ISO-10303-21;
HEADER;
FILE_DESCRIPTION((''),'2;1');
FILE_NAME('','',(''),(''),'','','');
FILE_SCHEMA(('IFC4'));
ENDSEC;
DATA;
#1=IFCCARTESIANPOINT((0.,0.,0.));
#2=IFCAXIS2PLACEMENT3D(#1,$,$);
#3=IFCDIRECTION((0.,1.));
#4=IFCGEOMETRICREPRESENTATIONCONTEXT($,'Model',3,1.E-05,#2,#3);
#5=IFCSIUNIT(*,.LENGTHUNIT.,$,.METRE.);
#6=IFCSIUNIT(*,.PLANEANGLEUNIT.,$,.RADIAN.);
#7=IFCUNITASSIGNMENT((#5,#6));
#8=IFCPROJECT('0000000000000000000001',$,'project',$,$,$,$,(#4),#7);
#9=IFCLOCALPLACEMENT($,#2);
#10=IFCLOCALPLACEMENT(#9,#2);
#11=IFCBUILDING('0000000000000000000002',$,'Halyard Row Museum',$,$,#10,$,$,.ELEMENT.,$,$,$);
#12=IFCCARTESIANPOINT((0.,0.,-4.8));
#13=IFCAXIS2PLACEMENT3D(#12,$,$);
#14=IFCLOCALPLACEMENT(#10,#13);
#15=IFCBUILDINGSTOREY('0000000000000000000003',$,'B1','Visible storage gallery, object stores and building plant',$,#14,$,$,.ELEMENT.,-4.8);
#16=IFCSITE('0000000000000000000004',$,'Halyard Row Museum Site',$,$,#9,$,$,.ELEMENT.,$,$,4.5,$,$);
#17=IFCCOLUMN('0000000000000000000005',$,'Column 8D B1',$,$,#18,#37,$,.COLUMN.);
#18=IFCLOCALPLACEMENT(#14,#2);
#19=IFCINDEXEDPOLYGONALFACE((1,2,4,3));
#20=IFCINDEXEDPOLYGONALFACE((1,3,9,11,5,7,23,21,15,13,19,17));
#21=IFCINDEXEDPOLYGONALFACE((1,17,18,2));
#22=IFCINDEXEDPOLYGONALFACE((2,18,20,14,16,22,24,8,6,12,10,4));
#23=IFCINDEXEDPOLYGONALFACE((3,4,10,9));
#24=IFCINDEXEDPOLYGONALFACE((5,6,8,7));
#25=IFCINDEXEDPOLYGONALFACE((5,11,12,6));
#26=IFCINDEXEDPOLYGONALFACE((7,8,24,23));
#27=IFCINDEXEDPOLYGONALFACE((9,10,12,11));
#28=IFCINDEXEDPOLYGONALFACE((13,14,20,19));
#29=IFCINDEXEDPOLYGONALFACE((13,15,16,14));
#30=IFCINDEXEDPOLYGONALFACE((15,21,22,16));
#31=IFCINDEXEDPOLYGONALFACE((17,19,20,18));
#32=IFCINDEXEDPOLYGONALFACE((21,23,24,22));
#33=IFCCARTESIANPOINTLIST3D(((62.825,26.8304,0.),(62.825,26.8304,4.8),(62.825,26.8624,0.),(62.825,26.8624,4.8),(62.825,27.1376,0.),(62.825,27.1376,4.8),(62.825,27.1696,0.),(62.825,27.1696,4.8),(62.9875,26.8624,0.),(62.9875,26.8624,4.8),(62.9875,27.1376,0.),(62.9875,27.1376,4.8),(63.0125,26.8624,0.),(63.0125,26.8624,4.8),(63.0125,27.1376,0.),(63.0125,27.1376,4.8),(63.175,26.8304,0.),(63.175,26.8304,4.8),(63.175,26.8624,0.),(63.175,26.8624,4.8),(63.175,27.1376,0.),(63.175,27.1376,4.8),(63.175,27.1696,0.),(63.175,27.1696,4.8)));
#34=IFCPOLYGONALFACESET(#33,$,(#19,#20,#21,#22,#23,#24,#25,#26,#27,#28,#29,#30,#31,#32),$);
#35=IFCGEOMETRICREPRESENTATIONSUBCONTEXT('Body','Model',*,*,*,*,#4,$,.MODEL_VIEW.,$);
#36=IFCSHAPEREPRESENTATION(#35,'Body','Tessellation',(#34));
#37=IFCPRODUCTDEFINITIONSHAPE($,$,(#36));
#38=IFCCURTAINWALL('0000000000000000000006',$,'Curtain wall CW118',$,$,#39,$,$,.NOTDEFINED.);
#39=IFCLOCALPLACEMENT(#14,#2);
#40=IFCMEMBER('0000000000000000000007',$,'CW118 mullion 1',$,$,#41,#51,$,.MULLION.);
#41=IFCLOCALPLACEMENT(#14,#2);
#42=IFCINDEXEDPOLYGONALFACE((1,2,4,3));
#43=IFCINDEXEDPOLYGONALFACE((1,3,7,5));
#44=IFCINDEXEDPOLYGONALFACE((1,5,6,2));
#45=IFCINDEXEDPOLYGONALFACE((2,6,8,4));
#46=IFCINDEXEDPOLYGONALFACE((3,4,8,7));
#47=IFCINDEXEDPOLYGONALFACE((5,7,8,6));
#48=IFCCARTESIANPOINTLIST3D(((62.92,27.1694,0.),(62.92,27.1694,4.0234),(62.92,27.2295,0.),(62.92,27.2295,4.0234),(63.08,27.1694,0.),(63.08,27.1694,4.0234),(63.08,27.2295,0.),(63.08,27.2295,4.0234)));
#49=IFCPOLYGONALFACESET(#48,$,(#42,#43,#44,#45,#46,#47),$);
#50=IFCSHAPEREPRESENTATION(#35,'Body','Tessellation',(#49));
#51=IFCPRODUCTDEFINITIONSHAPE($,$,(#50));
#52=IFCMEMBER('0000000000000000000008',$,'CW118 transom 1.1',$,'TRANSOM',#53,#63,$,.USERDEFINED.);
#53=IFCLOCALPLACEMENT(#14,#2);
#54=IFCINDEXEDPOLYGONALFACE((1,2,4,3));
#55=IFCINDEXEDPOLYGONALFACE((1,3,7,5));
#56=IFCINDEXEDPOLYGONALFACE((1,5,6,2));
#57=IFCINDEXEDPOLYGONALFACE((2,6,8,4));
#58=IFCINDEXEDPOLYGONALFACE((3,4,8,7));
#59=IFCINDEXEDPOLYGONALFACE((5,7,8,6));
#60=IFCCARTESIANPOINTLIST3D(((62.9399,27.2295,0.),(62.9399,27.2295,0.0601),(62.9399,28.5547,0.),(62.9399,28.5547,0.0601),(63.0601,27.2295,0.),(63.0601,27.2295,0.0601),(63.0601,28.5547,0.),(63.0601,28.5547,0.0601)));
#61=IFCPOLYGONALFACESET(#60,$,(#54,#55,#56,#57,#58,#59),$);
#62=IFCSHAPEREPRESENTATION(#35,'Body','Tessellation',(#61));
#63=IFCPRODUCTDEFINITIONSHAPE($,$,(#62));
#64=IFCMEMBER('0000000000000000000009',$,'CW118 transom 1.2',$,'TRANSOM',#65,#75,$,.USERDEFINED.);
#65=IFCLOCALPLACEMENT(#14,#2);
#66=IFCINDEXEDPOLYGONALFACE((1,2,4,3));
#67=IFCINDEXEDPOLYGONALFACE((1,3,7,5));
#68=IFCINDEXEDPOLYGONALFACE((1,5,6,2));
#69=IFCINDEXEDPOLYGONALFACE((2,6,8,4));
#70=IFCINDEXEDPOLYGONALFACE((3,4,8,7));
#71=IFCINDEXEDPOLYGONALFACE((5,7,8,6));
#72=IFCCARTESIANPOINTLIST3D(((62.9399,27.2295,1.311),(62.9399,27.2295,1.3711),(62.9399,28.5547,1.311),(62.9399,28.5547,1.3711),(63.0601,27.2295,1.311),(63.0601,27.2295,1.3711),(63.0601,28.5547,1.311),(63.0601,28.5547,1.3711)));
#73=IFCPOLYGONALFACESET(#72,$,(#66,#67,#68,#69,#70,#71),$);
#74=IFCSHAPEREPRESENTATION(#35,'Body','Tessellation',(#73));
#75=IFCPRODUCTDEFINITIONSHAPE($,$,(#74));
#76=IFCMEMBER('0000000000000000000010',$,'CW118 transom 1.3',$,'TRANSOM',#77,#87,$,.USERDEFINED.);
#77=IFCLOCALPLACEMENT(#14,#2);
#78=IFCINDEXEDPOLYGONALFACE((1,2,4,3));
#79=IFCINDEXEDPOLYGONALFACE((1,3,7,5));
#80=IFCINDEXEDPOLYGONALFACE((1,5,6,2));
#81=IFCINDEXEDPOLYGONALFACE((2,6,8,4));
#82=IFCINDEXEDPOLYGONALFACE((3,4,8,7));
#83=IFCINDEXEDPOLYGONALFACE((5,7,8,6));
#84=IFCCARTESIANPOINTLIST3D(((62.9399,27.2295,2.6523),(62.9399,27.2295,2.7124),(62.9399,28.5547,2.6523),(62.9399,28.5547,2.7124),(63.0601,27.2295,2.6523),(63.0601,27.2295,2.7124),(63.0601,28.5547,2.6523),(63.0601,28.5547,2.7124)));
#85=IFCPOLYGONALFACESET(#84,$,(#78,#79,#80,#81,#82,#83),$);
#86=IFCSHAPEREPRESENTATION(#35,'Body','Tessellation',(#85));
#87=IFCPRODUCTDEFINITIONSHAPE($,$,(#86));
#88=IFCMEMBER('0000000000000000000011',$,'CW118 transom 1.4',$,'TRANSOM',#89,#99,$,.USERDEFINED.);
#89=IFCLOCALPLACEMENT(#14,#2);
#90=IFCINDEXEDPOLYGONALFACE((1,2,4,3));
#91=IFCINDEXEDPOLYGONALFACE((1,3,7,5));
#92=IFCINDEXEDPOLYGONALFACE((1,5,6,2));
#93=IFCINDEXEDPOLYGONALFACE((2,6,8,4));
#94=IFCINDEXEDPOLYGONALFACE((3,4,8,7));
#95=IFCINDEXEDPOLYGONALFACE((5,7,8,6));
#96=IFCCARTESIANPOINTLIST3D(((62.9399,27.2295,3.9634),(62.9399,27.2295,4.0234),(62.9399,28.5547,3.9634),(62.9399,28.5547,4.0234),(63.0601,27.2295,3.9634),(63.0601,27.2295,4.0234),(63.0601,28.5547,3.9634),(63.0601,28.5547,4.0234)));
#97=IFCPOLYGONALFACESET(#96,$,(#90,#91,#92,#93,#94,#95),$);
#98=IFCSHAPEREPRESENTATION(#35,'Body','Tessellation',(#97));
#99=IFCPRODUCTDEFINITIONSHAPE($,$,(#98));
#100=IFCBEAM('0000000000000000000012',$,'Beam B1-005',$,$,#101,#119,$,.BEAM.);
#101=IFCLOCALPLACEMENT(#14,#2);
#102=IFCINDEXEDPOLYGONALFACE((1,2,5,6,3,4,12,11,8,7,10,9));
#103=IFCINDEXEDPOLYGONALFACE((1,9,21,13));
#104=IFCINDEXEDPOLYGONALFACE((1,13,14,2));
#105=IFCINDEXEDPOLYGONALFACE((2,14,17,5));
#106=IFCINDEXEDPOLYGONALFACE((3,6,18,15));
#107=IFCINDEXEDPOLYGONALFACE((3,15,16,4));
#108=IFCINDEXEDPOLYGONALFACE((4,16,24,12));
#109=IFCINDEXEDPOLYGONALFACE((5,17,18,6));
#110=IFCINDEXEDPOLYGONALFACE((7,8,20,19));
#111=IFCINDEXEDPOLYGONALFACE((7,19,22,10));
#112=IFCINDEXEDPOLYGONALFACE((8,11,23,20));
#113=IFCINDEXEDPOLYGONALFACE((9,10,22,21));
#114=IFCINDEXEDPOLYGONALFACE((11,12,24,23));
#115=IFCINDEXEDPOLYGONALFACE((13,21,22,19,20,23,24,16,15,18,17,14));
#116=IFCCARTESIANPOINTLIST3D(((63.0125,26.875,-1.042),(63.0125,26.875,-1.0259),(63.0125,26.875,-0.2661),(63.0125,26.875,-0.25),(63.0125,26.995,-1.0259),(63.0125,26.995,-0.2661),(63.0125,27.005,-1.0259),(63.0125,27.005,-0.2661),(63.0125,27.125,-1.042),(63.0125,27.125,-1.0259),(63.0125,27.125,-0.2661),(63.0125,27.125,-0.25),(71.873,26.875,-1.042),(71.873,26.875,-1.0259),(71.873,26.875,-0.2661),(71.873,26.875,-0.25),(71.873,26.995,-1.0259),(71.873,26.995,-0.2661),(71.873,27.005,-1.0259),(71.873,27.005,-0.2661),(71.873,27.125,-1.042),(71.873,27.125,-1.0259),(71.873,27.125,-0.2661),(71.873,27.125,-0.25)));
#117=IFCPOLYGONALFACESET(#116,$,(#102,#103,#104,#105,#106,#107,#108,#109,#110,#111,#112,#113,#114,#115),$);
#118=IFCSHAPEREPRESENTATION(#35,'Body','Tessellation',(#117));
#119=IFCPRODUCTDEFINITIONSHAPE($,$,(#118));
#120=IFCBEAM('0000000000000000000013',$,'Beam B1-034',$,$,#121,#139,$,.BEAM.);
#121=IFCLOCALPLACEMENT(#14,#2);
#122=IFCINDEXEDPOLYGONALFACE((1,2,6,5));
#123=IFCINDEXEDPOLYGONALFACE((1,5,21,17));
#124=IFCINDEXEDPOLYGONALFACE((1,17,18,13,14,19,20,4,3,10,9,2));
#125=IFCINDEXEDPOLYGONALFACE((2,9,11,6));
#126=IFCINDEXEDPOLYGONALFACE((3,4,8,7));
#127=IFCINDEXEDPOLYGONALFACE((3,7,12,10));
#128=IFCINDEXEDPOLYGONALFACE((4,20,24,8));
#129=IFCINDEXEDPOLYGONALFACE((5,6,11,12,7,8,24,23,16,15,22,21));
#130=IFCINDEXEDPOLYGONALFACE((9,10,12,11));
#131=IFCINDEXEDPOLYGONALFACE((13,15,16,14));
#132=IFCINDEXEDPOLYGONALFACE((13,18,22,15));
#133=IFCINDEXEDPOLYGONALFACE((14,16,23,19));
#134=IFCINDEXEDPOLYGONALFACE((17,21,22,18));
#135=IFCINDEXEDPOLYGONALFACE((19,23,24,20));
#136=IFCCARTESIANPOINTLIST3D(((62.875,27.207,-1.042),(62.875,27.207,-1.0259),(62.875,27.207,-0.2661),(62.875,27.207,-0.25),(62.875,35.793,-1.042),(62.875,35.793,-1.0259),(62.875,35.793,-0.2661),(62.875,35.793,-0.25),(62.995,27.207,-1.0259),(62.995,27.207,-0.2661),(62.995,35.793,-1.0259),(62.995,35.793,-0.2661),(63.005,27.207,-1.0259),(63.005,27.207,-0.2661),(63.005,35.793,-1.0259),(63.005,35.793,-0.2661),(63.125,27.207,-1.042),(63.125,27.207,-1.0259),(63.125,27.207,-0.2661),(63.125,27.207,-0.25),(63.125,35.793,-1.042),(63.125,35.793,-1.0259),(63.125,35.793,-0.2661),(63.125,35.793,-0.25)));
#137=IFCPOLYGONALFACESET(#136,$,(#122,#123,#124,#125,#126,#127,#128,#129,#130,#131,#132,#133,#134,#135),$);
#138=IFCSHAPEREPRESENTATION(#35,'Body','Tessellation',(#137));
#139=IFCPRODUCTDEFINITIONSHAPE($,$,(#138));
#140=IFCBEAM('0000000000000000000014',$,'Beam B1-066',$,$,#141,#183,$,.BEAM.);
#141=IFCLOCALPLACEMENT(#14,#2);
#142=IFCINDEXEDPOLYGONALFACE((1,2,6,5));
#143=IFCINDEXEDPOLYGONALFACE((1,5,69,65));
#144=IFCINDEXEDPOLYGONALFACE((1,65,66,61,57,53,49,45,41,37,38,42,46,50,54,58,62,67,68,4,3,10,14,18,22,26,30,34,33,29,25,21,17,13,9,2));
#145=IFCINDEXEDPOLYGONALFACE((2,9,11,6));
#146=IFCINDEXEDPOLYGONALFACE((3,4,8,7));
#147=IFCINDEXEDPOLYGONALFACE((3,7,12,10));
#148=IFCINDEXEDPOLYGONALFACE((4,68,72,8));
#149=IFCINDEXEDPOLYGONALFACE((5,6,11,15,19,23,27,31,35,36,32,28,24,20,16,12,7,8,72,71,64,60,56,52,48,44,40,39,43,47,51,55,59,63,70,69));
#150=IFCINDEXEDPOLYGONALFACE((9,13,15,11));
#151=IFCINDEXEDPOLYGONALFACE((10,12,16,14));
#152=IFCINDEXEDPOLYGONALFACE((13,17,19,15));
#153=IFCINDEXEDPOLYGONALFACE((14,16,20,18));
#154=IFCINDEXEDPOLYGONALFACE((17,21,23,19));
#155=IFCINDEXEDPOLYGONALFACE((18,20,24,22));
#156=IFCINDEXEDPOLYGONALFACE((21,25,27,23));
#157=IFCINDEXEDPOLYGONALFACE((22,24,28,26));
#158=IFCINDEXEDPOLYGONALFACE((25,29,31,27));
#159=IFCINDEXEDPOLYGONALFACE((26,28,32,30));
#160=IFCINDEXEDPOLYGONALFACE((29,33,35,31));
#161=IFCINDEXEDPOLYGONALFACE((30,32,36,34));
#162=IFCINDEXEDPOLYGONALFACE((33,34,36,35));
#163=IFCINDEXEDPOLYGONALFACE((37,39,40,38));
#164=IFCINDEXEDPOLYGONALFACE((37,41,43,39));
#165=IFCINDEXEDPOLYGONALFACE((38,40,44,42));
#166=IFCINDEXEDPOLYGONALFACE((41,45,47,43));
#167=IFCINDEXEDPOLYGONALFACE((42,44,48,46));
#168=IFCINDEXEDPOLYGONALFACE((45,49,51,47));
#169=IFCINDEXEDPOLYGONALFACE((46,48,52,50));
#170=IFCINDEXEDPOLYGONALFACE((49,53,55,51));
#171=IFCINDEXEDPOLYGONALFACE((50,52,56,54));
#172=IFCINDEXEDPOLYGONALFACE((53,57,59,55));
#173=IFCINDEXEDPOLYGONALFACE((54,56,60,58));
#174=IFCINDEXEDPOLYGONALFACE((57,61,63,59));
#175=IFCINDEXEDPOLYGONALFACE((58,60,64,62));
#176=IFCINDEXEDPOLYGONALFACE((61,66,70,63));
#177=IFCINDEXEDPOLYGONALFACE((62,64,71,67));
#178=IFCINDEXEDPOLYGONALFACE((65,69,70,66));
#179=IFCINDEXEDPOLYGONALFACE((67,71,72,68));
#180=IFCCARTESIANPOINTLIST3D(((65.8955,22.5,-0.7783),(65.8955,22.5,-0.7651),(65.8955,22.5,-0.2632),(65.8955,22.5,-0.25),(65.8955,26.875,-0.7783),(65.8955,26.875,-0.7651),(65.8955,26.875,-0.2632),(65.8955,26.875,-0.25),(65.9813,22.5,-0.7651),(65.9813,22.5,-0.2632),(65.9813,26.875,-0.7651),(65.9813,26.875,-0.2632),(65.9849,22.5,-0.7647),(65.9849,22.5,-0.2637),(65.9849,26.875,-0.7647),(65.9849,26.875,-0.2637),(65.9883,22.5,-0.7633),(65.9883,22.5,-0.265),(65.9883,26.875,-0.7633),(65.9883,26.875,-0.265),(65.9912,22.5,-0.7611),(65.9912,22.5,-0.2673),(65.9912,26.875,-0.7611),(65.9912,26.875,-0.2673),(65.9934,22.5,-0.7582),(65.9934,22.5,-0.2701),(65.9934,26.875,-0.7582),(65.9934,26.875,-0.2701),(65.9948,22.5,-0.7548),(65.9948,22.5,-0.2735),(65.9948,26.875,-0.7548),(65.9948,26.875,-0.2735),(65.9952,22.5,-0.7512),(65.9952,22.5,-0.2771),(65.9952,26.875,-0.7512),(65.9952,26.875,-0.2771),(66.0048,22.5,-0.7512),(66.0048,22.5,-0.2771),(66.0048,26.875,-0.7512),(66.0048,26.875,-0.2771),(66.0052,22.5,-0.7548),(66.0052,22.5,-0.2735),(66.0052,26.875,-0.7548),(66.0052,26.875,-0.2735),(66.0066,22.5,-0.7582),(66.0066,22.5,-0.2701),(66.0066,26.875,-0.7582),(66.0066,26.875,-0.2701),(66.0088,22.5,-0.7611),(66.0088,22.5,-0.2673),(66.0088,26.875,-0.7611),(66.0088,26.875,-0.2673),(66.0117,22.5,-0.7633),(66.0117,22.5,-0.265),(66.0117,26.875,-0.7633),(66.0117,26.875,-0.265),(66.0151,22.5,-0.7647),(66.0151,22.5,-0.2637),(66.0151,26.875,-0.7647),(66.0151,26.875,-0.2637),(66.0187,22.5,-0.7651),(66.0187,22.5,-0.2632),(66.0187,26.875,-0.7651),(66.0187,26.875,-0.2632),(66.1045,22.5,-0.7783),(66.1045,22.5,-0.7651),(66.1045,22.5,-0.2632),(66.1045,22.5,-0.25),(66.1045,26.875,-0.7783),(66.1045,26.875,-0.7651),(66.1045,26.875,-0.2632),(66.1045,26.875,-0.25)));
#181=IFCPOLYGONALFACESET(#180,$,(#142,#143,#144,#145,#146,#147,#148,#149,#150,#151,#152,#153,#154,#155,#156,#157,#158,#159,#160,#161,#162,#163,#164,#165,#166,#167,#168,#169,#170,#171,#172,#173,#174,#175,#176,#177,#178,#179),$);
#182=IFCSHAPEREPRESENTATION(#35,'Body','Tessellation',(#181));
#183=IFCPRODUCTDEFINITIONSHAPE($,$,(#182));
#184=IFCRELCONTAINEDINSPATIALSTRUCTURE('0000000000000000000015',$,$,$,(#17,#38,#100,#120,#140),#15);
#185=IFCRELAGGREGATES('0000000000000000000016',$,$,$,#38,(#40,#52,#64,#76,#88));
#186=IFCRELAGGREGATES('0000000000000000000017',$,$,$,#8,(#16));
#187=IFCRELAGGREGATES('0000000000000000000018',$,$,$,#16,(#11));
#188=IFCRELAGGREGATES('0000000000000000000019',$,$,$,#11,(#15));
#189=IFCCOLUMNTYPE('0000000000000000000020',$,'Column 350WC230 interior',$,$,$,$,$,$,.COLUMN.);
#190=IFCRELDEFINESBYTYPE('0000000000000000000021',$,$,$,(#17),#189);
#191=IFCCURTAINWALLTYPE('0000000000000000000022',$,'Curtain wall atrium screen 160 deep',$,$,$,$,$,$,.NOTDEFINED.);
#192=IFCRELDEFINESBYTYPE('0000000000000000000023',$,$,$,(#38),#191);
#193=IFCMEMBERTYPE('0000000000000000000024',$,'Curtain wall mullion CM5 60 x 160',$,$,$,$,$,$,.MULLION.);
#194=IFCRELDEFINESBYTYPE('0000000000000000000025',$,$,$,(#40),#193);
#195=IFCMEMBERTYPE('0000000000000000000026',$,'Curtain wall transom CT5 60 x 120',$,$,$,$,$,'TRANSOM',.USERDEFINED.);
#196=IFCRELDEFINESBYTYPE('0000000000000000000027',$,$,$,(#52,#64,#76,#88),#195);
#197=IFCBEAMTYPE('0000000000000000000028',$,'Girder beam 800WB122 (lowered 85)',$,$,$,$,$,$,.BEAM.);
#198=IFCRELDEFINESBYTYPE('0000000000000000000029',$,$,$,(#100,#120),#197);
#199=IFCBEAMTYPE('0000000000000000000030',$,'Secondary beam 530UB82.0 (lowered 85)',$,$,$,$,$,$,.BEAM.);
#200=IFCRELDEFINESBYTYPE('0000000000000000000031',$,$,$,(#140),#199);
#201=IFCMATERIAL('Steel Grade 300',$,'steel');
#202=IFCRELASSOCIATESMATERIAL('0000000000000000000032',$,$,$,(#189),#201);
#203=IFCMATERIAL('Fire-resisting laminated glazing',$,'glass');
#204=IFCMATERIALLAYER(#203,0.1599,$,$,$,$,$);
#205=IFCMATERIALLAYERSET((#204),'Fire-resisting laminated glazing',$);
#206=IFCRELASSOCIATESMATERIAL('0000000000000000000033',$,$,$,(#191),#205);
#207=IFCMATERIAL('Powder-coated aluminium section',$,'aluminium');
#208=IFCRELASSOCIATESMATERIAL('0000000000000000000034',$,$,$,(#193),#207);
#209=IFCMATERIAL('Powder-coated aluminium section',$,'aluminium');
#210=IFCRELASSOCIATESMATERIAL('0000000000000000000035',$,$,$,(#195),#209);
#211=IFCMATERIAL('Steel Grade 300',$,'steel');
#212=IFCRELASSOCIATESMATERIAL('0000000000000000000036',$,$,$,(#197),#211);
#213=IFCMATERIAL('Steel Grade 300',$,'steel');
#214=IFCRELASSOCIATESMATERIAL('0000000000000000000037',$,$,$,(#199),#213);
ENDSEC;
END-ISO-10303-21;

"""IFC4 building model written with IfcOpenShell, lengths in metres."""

from ifc_helpers import new_model, si_unit, direction, frame, origin, origin_2d, place, context, subcontext, project, spatial, rectangle, i_section, extrude, material, layer, layer_set, material_profile, profile_set, type_object, element, aggregate, save


model = new_model("IFC4")

# Units and contexts
model_context = context("Model", 3, precision=1e-05, world=origin(), true_north=direction((0.0, 1.0)))
body_context = subcontext(model_context, "Body", "Model", "MODEL_VIEW")
ifc_project = project(units=[si_unit("LENGTHUNIT", "METRE"), si_unit("PLANEANGLEUNIT", "RADIAN")], contexts=[model_context])

# Site, building, storey
site_placement = place(None, origin())
site = spatial("IfcSite", under=ifc_project, at=site_placement, Name="Halyard Row Museum Site", CompositionType="ELEMENT", RefElevation=4.5)
building_placement = place(site_placement, origin())
building = spatial("IfcBuilding", under=site, at=building_placement, Name="Halyard Row Museum", CompositionType="ELEMENT")
storey_placement = place(building_placement, frame((0.0, 0.0, -4.8)))
storey = spatial("IfcBuildingStorey", under=building, at=storey_placement, Name="B1", Description="Visible storage gallery, object stores and building plant", CompositionType="ELEMENT", Elevation=-4.8)

# Column
ifc_material_1 = material(Name="Steel Grade 300", Category="steel")
ifc_material_profile_1 = material_profile(ifc_material_1, i_section(OverallWidth=0.3501, OverallDepth=0.3391, WebThickness=0.0249, FlangeThickness=0.032, at=origin_2d()), Name="350WC230")
ifc_profile_set_1 = profile_set([ifc_material_profile_1], Name="Steel Grade 300")
column_type = type_object("IfcColumnType", Name="Column 350WC230 interior", PredefinedType="COLUMN", material=ifc_profile_set_1)
column_placement = place(storey_placement, frame((63.0, 27.0, 0.0), z_axis=(0.0, 0.0, 1.0), x_axis=(1.0, 0.0, 0.0)))
element("IfcColumn", 1, at=column_placement, inside=storey, type_object=column_type, Name="Column 8D B1", PredefinedType="COLUMN", context=body_context, shape_type="SweptSolid", body=[
    extrude(i_section(OverallWidth=0.3501, OverallDepth=0.3391, WebThickness=0.0249, FlangeThickness=0.032, at=origin_2d()), origin(), (0.0, 0.0, 1.0), 4.8),
])

# Curtain wall, members
ifc_material_2 = material(Name="Fire-resisting laminated glazing", Category="glass")
ifc_layer_1 = layer(ifc_material_2, 0.1599)
ifc_layer_set_1 = layer_set([ifc_layer_1], Name="Fire-resisting laminated glazing")
curtain_wall_type = type_object("IfcCurtainWallType", Name="Curtain wall atrium screen 160 deep", PredefinedType="NOTDEFINED", material=ifc_layer_set_1)
curtain_wall_placement = place(storey_placement, origin())
curtain_wall = element("IfcCurtainWall", 2, at=curtain_wall_placement, inside=storey, type_object=curtain_wall_type, Name="Curtain wall CW118", PredefinedType="NOTDEFINED")
ifc_material_3 = material(Name="Powder-coated aluminium section", Category="aluminium")
ifc_material_profile_2 = material_profile(ifc_material_3, rectangle(XDim=0.1599, YDim=0.0601, at=origin_2d()), Name="160x60 mullion")
ifc_profile_set_2 = profile_set([ifc_material_profile_2], Name="Powder-coated aluminium section")
member_type_1 = type_object("IfcMemberType", Name="Curtain wall mullion CM5 60 x 160", PredefinedType="MULLION", material=ifc_profile_set_2)
member_1_placement = place(storey_placement, frame((63.0, 27.1995, 0.0), z_axis=(0.0, 0.0, 1.0), x_axis=(-1.0, 0.0, 0.0)))
member_1 = element("IfcMember", 3, at=member_1_placement, type_object=member_type_1, Name="CW118 mullion 1", PredefinedType="MULLION", context=body_context, shape_type="SweptSolid", body=[
    extrude(rectangle(XDim=0.1599, YDim=0.0601, at=origin_2d()), origin(), (0.0, 0.0, 1.0), 4.0234),
])
ifc_material_4 = material(Name="Powder-coated aluminium section", Category="aluminium")
ifc_material_profile_3 = material_profile(ifc_material_4, rectangle(XDim=0.1201, YDim=0.0601, at=origin_2d()), Name="120x60 transom")
ifc_profile_set_3 = profile_set([ifc_material_profile_3], Name="Powder-coated aluminium section")
member_type_2 = type_object("IfcMemberType", Name="Curtain wall transom CT5 60 x 120", ElementType="TRANSOM", PredefinedType="USERDEFINED", material=ifc_profile_set_3)
member_2_placement = place(storey_placement, frame((63.0, 27.2295, 0.03), z_axis=(0.0, 1.0, 0.0), x_axis=(-1.0, 0.0, 0.0)))
member_2 = element("IfcMember", 4, at=member_2_placement, type_object=member_type_2, Name="CW118 transom 1.1", ObjectType="TRANSOM", PredefinedType="USERDEFINED", context=body_context, shape_type="SweptSolid", body=[
    extrude(rectangle(XDim=0.1201, YDim=0.0601, at=origin_2d()), origin(), (0.0, 0.0, 1.0), 1.3252),
])
member_3_placement = place(storey_placement, frame((63.0, 27.2295, 1.3411), z_axis=(0.0, 1.0, 0.0), x_axis=(-1.0, 0.0, 0.0)))
member_3 = element("IfcMember", 5, at=member_3_placement, type_object=member_type_2, Name="CW118 transom 1.2", ObjectType="TRANSOM", PredefinedType="USERDEFINED", context=body_context, shape_type="SweptSolid", body=[
    extrude(rectangle(XDim=0.1201, YDim=0.0601, at=origin_2d()), origin(), (0.0, 0.0, 1.0), 1.3252),
])
member_4_placement = place(storey_placement, frame((63.0, 27.2295, 2.6824), z_axis=(0.0, 1.0, 0.0), x_axis=(-1.0, 0.0, 0.0)))
member_4 = element("IfcMember", 6, at=member_4_placement, type_object=member_type_2, Name="CW118 transom 1.3", ObjectType="TRANSOM", PredefinedType="USERDEFINED", context=body_context, shape_type="SweptSolid", body=[
    extrude(rectangle(XDim=0.1201, YDim=0.0601, at=origin_2d()), origin(), (0.0, 0.0, 1.0), 1.3252),
])
member_5_placement = place(storey_placement, frame((63.0, 27.2295, 3.9934), z_axis=(0.0, 1.0, 0.0), x_axis=(-1.0, 0.0, 0.0)))
member_5 = element("IfcMember", 7, at=member_5_placement, type_object=member_type_2, Name="CW118 transom 1.4", ObjectType="TRANSOM", PredefinedType="USERDEFINED", context=body_context, shape_type="SweptSolid", body=[
    extrude(rectangle(XDim=0.1201, YDim=0.0601, at=origin_2d()), origin(), (0.0, 0.0, 1.0), 1.3252),
])

# Beams
ifc_material_5 = material(Name="Steel Grade 300", Category="steel")
ifc_material_profile_4 = material_profile(ifc_material_5, i_section(OverallWidth=0.25, OverallDepth=0.792, WebThickness=0.01, FlangeThickness=0.0161, at=origin_2d()), Name="800WB122")
ifc_profile_set_4 = profile_set([ifc_material_profile_4], Name="Steel Grade 300")
beam_type_1 = type_object("IfcBeamType", Name="Girder beam 800WB122 (lowered 85)", PredefinedType="BEAM", material=ifc_profile_set_4)
beam_1_placement = place(storey_placement, frame((63.0125, 27.0, -0.646), z_axis=(1.0, 0.0, 0.0), x_axis=(0.0, 1.0, 0.0)))
element("IfcBeam", 8, at=beam_1_placement, inside=storey, type_object=beam_type_1, Name="Beam B1-005", PredefinedType="BEAM", context=body_context, shape_type="SweptSolid", body=[
    extrude(i_section(OverallWidth=0.25, OverallDepth=0.792, WebThickness=0.01, FlangeThickness=0.0161, at=origin_2d()), origin(), (0.0, 0.0, 1.0), 8.8606),
])
beam_2_placement = place(storey_placement, frame((63.0, 27.207, -0.646), z_axis=(0.0, 1.0, 0.0), x_axis=(-1.0, 0.0, 0.0)))
element("IfcBeam", 9, at=beam_2_placement, inside=storey, type_object=beam_type_1, Name="Beam B1-034", PredefinedType="BEAM", context=body_context, shape_type="SweptSolid", body=[
    extrude(i_section(OverallWidth=0.25, OverallDepth=0.792, WebThickness=0.01, FlangeThickness=0.0161, at=origin_2d()), origin(), (0.0, 0.0, 1.0), 8.5859),
])
ifc_material_6 = material(Name="Steel Grade 300", Category="steel")
ifc_material_profile_5 = material_profile(ifc_material_6, i_section(OverallWidth=0.209, OverallDepth=0.5283, WebThickness=0.0095, FlangeThickness=0.0132, FilletRadius=0.0139, at=origin_2d()), Name="530UB82.0")
ifc_profile_set_5 = profile_set([ifc_material_profile_5], Name="Steel Grade 300")
beam_type_2 = type_object("IfcBeamType", Name="Secondary beam 530UB82.0 (lowered 85)", PredefinedType="BEAM", material=ifc_profile_set_5)
for number, where, z_axis, x_axis, name in (
    (10, (66.0, 22.5, -0.5142), (0.0, 1.0, 0.0), (-1.0, 0.0, 0.0), "Beam B1-066"),
):
    element("IfcBeam", number, at=place(storey_placement, frame(where, z_axis=z_axis, x_axis=x_axis)), inside=storey, type_object=beam_type_2, Name=name, PredefinedType="BEAM", context=body_context, shape_type="SweptSolid", body=[
        extrude(i_section(OverallWidth=0.209, OverallDepth=0.5283, WebThickness=0.0095, FlangeThickness=0.0132, FilletRadius=0.0139, at=origin_2d()), origin(), (0.0, 0.0, 1.0), 4.375),
    ])

aggregate(curtain_wall, [member_1, member_2, member_3, member_4, member_5])

save(model, "model.ifc")
